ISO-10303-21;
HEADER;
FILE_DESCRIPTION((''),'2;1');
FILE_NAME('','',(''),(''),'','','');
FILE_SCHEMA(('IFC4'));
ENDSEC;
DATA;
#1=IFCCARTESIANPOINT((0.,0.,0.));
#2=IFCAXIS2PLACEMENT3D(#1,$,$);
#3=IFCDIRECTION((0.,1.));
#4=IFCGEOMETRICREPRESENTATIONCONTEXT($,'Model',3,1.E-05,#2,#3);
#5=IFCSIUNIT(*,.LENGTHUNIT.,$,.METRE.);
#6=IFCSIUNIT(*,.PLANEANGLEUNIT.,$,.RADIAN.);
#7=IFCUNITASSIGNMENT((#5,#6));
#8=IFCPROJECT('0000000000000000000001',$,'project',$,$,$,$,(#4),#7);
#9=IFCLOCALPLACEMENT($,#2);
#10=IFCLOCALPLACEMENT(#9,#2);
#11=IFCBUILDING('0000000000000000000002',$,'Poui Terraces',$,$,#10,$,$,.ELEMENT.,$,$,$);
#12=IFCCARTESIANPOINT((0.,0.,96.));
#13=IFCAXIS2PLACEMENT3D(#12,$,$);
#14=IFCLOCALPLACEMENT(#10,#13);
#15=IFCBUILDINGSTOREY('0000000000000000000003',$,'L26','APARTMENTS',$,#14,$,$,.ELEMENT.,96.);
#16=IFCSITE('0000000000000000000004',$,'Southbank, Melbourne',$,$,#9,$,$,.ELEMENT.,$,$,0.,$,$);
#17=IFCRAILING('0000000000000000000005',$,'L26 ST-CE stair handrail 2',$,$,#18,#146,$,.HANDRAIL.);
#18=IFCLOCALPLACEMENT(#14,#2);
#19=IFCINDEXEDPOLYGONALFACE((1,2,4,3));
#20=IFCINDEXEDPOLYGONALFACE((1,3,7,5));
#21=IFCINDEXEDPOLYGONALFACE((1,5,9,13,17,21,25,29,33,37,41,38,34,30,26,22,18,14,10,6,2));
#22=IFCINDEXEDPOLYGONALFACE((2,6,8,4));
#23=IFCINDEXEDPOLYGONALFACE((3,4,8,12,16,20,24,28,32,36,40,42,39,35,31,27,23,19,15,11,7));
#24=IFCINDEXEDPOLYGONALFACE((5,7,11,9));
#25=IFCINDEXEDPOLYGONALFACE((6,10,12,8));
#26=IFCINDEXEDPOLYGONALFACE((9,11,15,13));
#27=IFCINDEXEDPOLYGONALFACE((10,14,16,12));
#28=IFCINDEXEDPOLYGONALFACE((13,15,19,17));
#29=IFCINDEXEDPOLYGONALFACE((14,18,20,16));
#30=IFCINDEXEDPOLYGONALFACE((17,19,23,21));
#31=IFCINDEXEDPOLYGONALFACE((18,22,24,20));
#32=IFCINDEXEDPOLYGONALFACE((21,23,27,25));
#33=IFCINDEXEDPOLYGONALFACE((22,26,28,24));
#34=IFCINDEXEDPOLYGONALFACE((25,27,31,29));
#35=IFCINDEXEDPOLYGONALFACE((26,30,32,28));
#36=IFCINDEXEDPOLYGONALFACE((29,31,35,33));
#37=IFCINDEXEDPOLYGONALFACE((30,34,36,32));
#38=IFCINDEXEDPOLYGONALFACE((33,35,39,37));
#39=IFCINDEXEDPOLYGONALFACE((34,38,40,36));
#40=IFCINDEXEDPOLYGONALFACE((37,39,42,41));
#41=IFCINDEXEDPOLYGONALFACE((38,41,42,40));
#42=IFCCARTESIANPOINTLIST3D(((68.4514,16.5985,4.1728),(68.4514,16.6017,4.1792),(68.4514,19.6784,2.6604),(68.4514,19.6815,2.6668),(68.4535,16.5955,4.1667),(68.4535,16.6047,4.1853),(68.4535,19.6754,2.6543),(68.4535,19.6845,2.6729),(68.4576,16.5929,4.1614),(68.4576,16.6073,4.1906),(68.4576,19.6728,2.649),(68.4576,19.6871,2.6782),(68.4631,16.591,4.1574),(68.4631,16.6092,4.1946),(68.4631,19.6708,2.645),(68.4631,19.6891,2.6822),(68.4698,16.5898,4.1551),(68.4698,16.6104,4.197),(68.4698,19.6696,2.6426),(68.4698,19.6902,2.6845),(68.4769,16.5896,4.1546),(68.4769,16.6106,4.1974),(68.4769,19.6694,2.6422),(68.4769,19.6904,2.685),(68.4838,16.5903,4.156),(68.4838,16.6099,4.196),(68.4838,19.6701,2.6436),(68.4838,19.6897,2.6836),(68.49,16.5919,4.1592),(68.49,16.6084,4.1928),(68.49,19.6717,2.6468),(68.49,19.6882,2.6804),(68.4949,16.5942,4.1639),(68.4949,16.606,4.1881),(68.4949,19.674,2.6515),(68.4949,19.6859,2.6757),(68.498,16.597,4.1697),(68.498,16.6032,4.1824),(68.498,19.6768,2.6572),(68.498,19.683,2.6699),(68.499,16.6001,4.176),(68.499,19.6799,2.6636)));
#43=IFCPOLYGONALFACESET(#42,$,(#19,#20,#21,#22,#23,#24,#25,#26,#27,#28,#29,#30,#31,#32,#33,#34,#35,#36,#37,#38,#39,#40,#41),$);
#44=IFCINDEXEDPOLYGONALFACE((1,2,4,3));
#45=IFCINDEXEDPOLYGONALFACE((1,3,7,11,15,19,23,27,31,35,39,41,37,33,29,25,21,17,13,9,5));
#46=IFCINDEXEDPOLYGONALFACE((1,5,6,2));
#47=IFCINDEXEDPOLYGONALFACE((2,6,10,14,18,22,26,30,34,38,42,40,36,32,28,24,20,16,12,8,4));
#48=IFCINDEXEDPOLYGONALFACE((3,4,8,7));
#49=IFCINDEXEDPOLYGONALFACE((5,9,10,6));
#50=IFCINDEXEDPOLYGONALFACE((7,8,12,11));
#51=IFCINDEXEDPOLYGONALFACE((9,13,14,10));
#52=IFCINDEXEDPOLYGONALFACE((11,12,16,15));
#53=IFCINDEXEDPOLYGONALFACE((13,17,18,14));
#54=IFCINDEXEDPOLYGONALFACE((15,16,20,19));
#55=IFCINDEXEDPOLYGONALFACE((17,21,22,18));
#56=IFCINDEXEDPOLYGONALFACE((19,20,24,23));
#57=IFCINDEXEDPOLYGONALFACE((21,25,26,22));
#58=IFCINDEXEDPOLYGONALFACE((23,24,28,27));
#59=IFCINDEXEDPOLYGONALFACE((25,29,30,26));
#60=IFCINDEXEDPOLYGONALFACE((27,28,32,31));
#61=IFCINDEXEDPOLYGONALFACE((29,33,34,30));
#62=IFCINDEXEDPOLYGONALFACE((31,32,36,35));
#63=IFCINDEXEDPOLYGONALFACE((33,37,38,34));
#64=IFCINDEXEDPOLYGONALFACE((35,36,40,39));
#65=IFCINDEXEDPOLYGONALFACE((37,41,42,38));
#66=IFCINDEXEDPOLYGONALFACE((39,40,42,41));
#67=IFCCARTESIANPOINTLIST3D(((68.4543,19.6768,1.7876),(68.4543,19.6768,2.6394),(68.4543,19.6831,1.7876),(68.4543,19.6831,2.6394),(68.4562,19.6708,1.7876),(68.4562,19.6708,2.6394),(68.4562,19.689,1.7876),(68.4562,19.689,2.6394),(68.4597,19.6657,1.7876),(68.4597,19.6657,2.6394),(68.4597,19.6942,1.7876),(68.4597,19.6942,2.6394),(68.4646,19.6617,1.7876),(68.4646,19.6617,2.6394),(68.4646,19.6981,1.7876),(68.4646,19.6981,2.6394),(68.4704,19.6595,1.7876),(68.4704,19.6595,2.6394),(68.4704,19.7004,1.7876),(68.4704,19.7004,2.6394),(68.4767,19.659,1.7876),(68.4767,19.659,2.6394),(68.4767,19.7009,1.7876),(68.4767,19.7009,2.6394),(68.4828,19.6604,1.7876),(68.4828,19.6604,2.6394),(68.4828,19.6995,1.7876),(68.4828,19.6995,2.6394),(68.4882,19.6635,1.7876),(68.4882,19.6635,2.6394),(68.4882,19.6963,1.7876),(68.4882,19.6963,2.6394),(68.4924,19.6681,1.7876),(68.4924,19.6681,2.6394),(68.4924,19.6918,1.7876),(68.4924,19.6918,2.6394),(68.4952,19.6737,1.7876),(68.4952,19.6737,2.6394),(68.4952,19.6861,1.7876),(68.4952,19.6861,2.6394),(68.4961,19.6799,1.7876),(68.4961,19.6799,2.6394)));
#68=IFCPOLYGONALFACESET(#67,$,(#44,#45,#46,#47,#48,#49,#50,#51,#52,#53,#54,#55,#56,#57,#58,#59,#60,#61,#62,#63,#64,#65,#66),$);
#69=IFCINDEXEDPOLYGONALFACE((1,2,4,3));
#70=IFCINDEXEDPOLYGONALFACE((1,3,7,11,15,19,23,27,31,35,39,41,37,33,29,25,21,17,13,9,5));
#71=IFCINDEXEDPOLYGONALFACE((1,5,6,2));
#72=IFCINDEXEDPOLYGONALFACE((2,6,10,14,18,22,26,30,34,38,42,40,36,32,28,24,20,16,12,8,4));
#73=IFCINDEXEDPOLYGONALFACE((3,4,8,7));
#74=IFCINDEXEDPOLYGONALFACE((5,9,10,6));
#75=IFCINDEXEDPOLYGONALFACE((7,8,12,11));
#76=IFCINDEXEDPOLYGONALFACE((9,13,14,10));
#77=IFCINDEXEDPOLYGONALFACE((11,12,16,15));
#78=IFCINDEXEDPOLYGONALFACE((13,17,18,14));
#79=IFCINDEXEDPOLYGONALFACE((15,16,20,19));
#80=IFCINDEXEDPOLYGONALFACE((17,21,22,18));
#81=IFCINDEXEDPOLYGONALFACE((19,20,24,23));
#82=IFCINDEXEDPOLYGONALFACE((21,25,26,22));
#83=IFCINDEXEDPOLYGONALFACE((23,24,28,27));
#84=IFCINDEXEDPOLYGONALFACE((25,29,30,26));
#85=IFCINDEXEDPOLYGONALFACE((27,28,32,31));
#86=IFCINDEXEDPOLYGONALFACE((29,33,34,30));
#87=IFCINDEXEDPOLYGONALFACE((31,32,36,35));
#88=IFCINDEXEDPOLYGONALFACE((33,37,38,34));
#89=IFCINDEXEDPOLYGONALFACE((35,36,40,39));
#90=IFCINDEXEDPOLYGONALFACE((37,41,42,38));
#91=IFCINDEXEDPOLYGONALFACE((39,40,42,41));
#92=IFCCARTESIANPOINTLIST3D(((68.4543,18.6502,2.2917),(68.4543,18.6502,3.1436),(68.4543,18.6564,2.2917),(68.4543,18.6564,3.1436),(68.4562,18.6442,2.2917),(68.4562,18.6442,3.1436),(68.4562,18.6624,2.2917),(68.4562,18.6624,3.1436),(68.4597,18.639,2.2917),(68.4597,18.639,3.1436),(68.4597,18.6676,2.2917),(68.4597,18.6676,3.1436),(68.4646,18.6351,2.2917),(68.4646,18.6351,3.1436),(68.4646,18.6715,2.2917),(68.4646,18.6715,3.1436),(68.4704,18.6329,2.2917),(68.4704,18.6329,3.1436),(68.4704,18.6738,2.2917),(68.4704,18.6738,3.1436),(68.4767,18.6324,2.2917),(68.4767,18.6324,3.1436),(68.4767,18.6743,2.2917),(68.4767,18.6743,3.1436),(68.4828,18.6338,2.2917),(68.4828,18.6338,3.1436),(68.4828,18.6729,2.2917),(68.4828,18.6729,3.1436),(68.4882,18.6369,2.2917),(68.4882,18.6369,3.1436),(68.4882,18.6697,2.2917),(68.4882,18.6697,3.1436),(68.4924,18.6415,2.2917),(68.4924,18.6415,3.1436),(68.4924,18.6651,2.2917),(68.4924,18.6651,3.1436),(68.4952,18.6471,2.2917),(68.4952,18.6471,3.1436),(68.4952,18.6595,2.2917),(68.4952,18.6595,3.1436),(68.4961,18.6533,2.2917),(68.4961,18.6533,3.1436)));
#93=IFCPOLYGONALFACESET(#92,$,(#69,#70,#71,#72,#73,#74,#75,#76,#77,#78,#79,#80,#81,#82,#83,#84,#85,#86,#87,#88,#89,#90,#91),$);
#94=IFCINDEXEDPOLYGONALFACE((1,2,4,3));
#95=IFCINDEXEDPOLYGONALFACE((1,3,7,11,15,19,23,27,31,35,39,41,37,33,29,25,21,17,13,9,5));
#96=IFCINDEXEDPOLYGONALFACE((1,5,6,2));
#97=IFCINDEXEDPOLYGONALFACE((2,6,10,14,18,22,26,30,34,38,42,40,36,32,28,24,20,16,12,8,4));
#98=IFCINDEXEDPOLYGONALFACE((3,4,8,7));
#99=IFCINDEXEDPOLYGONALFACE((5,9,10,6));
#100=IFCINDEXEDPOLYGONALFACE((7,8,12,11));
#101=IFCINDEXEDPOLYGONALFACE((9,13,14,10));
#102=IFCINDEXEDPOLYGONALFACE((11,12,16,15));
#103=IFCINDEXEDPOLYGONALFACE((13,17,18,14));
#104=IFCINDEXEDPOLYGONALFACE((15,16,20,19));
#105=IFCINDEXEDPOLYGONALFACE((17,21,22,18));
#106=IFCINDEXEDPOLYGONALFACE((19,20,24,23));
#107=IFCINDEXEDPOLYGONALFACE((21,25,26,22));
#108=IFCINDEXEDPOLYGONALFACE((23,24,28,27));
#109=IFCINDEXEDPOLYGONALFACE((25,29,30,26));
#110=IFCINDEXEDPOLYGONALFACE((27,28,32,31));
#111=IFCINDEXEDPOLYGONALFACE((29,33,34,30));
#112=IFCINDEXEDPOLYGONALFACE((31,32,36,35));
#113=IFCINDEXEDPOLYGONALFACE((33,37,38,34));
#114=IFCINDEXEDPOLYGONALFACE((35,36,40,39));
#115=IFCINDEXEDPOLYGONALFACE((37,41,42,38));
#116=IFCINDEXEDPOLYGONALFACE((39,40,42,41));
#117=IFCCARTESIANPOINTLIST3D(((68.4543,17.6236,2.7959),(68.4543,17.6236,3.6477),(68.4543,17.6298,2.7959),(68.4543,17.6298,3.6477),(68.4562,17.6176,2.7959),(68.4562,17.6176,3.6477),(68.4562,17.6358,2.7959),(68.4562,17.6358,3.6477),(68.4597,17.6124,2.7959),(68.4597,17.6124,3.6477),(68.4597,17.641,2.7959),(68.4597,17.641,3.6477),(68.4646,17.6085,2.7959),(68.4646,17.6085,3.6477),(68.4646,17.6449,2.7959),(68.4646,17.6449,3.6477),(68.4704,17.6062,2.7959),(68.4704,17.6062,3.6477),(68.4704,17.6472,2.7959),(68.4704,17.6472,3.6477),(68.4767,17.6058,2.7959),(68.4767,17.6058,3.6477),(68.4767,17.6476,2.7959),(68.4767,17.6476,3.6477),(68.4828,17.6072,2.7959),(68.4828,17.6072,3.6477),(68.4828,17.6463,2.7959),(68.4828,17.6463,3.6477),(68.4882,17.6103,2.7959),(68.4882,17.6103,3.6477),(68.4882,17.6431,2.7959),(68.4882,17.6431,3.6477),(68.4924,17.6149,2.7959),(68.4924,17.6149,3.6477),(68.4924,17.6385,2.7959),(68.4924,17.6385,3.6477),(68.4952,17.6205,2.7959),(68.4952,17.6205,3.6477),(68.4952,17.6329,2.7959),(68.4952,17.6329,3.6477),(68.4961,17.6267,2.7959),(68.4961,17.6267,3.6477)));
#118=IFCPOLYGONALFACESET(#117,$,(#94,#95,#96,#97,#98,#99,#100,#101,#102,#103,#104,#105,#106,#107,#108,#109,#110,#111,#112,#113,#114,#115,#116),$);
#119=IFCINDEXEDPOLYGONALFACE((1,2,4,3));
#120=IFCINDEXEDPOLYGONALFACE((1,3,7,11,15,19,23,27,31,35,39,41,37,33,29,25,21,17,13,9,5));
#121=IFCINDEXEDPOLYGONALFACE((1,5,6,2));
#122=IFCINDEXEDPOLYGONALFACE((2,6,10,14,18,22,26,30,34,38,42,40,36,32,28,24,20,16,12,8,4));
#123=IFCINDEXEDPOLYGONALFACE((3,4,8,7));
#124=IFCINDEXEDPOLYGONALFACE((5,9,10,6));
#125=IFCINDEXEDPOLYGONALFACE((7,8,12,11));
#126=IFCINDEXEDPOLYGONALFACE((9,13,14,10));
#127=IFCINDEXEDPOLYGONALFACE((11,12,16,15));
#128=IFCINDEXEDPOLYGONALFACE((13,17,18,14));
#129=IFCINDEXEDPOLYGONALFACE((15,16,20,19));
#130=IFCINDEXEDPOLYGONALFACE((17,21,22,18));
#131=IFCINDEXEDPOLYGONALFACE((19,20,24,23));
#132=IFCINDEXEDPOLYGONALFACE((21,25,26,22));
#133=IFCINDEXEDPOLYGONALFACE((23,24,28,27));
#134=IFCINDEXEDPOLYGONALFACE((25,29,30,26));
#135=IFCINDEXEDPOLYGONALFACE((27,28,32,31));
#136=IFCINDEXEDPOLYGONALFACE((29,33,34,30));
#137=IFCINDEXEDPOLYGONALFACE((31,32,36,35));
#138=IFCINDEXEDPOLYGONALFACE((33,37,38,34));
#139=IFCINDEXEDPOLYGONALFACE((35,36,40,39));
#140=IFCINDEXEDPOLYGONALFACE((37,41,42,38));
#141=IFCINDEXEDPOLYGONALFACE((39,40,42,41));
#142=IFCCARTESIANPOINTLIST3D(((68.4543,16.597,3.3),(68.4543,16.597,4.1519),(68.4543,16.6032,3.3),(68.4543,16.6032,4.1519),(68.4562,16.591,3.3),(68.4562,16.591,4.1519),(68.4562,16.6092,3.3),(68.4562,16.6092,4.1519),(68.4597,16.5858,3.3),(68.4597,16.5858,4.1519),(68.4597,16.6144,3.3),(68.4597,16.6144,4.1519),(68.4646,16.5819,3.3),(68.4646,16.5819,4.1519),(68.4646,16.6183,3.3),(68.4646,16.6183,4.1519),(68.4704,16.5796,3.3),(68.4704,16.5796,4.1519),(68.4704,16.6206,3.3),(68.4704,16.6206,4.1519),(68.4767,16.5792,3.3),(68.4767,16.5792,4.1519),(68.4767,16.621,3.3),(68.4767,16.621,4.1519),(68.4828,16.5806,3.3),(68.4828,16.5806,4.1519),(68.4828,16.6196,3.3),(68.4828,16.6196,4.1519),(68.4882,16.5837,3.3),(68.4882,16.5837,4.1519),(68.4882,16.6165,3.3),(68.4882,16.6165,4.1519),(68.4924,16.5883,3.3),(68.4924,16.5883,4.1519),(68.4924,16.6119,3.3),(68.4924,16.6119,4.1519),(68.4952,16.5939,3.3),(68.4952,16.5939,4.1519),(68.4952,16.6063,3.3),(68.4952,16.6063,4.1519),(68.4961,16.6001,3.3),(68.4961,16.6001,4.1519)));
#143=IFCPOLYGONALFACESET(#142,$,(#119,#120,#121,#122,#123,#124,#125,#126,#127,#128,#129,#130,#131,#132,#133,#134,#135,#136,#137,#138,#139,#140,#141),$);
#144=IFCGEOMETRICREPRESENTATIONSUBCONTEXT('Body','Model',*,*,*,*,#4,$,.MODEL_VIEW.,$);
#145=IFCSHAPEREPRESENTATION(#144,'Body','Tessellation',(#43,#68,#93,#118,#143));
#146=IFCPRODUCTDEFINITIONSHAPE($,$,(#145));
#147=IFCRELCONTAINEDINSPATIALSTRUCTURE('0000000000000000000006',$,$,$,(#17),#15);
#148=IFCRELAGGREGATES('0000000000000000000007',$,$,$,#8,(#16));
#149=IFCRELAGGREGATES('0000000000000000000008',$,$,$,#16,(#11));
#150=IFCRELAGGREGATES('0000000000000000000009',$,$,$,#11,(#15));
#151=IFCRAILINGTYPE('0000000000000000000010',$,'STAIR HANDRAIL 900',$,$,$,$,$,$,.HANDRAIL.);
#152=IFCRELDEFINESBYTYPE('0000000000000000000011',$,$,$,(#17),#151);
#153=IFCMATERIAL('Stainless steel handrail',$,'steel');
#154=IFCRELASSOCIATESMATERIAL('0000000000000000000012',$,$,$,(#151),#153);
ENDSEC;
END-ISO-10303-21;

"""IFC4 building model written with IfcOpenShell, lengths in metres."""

from ifc_helpers import new_model, si_unit, direction, frame, origin, origin_2d, place, context, subcontext, project, spatial, circle, extrude, material, type_object, element, save


model = new_model("IFC4")

# Units and contexts
model_context = context("Model", 3, precision=1e-05, world=origin(), true_north=direction((0.0, 1.0)))
body_context = subcontext(model_context, "Body", "Model", "MODEL_VIEW")
ifc_project = project(units=[si_unit("LENGTHUNIT", "METRE"), si_unit("PLANEANGLEUNIT", "RADIAN")], contexts=[model_context])

# Site, building, storey
site_placement = place(None, origin())
site = spatial("IfcSite", under=ifc_project, at=site_placement, Name="Southbank, Melbourne", CompositionType="ELEMENT", RefElevation=0.0)
building_placement = place(site_placement, origin())
building = spatial("IfcBuilding", under=site, at=building_placement, Name="Poui Terraces", CompositionType="ELEMENT")
storey_placement = place(building_placement, frame((0.0, 0.0, 96.0)))
storey = spatial("IfcBuildingStorey", under=building, at=storey_placement, Name="L26", Description="APARTMENTS", CompositionType="ELEMENT", Elevation=96.0)

# Railing
ifc_material_1 = material(Name="Stainless steel handrail", Category="steel")
railing_type_1 = type_object("IfcRailingType", Name="STAIR HANDRAIL 900", PredefinedType="HANDRAIL", material=ifc_material_1)
railing_1_placement = place(storey_placement, frame((68.4751, 19.6799, 1.7876)))
element("IfcRailing", 1, at=railing_1_placement, inside=storey, type_object=railing_type_1, Name="L26 ST-CE stair handrail 2", PredefinedType="HANDRAIL", context=body_context, shape_type="SweptSolid", body=[
    extrude(circle(Radius=0.0239, at=origin_2d()), frame((0.0, 0.0, 0.876), z_axis=(0.0, -0.897606, 0.440798), x_axis=(1.0, 0.0, 0.0)), (0.0, 0.0, 1.0), 3.4312),
    extrude(circle(Radius=0.021, at=origin_2d()), origin(), (0.0, 0.0, 1.0), 0.8518),
    extrude(circle(Radius=0.021, at=origin_2d()), frame((0.0, -1.0266, 0.5042)), (0.0, 0.0, 1.0), 0.8518),
    extrude(circle(Radius=0.021, at=origin_2d()), frame((0.0, -2.0532, 1.0083)), (0.0, 0.0, 1.0), 0.8518),
    extrude(circle(Radius=0.021, at=origin_2d()), frame((0.0, -3.0798, 1.5125)), (0.0, 0.0, 1.0), 0.8518),
])

save(model, "model.ifc")
